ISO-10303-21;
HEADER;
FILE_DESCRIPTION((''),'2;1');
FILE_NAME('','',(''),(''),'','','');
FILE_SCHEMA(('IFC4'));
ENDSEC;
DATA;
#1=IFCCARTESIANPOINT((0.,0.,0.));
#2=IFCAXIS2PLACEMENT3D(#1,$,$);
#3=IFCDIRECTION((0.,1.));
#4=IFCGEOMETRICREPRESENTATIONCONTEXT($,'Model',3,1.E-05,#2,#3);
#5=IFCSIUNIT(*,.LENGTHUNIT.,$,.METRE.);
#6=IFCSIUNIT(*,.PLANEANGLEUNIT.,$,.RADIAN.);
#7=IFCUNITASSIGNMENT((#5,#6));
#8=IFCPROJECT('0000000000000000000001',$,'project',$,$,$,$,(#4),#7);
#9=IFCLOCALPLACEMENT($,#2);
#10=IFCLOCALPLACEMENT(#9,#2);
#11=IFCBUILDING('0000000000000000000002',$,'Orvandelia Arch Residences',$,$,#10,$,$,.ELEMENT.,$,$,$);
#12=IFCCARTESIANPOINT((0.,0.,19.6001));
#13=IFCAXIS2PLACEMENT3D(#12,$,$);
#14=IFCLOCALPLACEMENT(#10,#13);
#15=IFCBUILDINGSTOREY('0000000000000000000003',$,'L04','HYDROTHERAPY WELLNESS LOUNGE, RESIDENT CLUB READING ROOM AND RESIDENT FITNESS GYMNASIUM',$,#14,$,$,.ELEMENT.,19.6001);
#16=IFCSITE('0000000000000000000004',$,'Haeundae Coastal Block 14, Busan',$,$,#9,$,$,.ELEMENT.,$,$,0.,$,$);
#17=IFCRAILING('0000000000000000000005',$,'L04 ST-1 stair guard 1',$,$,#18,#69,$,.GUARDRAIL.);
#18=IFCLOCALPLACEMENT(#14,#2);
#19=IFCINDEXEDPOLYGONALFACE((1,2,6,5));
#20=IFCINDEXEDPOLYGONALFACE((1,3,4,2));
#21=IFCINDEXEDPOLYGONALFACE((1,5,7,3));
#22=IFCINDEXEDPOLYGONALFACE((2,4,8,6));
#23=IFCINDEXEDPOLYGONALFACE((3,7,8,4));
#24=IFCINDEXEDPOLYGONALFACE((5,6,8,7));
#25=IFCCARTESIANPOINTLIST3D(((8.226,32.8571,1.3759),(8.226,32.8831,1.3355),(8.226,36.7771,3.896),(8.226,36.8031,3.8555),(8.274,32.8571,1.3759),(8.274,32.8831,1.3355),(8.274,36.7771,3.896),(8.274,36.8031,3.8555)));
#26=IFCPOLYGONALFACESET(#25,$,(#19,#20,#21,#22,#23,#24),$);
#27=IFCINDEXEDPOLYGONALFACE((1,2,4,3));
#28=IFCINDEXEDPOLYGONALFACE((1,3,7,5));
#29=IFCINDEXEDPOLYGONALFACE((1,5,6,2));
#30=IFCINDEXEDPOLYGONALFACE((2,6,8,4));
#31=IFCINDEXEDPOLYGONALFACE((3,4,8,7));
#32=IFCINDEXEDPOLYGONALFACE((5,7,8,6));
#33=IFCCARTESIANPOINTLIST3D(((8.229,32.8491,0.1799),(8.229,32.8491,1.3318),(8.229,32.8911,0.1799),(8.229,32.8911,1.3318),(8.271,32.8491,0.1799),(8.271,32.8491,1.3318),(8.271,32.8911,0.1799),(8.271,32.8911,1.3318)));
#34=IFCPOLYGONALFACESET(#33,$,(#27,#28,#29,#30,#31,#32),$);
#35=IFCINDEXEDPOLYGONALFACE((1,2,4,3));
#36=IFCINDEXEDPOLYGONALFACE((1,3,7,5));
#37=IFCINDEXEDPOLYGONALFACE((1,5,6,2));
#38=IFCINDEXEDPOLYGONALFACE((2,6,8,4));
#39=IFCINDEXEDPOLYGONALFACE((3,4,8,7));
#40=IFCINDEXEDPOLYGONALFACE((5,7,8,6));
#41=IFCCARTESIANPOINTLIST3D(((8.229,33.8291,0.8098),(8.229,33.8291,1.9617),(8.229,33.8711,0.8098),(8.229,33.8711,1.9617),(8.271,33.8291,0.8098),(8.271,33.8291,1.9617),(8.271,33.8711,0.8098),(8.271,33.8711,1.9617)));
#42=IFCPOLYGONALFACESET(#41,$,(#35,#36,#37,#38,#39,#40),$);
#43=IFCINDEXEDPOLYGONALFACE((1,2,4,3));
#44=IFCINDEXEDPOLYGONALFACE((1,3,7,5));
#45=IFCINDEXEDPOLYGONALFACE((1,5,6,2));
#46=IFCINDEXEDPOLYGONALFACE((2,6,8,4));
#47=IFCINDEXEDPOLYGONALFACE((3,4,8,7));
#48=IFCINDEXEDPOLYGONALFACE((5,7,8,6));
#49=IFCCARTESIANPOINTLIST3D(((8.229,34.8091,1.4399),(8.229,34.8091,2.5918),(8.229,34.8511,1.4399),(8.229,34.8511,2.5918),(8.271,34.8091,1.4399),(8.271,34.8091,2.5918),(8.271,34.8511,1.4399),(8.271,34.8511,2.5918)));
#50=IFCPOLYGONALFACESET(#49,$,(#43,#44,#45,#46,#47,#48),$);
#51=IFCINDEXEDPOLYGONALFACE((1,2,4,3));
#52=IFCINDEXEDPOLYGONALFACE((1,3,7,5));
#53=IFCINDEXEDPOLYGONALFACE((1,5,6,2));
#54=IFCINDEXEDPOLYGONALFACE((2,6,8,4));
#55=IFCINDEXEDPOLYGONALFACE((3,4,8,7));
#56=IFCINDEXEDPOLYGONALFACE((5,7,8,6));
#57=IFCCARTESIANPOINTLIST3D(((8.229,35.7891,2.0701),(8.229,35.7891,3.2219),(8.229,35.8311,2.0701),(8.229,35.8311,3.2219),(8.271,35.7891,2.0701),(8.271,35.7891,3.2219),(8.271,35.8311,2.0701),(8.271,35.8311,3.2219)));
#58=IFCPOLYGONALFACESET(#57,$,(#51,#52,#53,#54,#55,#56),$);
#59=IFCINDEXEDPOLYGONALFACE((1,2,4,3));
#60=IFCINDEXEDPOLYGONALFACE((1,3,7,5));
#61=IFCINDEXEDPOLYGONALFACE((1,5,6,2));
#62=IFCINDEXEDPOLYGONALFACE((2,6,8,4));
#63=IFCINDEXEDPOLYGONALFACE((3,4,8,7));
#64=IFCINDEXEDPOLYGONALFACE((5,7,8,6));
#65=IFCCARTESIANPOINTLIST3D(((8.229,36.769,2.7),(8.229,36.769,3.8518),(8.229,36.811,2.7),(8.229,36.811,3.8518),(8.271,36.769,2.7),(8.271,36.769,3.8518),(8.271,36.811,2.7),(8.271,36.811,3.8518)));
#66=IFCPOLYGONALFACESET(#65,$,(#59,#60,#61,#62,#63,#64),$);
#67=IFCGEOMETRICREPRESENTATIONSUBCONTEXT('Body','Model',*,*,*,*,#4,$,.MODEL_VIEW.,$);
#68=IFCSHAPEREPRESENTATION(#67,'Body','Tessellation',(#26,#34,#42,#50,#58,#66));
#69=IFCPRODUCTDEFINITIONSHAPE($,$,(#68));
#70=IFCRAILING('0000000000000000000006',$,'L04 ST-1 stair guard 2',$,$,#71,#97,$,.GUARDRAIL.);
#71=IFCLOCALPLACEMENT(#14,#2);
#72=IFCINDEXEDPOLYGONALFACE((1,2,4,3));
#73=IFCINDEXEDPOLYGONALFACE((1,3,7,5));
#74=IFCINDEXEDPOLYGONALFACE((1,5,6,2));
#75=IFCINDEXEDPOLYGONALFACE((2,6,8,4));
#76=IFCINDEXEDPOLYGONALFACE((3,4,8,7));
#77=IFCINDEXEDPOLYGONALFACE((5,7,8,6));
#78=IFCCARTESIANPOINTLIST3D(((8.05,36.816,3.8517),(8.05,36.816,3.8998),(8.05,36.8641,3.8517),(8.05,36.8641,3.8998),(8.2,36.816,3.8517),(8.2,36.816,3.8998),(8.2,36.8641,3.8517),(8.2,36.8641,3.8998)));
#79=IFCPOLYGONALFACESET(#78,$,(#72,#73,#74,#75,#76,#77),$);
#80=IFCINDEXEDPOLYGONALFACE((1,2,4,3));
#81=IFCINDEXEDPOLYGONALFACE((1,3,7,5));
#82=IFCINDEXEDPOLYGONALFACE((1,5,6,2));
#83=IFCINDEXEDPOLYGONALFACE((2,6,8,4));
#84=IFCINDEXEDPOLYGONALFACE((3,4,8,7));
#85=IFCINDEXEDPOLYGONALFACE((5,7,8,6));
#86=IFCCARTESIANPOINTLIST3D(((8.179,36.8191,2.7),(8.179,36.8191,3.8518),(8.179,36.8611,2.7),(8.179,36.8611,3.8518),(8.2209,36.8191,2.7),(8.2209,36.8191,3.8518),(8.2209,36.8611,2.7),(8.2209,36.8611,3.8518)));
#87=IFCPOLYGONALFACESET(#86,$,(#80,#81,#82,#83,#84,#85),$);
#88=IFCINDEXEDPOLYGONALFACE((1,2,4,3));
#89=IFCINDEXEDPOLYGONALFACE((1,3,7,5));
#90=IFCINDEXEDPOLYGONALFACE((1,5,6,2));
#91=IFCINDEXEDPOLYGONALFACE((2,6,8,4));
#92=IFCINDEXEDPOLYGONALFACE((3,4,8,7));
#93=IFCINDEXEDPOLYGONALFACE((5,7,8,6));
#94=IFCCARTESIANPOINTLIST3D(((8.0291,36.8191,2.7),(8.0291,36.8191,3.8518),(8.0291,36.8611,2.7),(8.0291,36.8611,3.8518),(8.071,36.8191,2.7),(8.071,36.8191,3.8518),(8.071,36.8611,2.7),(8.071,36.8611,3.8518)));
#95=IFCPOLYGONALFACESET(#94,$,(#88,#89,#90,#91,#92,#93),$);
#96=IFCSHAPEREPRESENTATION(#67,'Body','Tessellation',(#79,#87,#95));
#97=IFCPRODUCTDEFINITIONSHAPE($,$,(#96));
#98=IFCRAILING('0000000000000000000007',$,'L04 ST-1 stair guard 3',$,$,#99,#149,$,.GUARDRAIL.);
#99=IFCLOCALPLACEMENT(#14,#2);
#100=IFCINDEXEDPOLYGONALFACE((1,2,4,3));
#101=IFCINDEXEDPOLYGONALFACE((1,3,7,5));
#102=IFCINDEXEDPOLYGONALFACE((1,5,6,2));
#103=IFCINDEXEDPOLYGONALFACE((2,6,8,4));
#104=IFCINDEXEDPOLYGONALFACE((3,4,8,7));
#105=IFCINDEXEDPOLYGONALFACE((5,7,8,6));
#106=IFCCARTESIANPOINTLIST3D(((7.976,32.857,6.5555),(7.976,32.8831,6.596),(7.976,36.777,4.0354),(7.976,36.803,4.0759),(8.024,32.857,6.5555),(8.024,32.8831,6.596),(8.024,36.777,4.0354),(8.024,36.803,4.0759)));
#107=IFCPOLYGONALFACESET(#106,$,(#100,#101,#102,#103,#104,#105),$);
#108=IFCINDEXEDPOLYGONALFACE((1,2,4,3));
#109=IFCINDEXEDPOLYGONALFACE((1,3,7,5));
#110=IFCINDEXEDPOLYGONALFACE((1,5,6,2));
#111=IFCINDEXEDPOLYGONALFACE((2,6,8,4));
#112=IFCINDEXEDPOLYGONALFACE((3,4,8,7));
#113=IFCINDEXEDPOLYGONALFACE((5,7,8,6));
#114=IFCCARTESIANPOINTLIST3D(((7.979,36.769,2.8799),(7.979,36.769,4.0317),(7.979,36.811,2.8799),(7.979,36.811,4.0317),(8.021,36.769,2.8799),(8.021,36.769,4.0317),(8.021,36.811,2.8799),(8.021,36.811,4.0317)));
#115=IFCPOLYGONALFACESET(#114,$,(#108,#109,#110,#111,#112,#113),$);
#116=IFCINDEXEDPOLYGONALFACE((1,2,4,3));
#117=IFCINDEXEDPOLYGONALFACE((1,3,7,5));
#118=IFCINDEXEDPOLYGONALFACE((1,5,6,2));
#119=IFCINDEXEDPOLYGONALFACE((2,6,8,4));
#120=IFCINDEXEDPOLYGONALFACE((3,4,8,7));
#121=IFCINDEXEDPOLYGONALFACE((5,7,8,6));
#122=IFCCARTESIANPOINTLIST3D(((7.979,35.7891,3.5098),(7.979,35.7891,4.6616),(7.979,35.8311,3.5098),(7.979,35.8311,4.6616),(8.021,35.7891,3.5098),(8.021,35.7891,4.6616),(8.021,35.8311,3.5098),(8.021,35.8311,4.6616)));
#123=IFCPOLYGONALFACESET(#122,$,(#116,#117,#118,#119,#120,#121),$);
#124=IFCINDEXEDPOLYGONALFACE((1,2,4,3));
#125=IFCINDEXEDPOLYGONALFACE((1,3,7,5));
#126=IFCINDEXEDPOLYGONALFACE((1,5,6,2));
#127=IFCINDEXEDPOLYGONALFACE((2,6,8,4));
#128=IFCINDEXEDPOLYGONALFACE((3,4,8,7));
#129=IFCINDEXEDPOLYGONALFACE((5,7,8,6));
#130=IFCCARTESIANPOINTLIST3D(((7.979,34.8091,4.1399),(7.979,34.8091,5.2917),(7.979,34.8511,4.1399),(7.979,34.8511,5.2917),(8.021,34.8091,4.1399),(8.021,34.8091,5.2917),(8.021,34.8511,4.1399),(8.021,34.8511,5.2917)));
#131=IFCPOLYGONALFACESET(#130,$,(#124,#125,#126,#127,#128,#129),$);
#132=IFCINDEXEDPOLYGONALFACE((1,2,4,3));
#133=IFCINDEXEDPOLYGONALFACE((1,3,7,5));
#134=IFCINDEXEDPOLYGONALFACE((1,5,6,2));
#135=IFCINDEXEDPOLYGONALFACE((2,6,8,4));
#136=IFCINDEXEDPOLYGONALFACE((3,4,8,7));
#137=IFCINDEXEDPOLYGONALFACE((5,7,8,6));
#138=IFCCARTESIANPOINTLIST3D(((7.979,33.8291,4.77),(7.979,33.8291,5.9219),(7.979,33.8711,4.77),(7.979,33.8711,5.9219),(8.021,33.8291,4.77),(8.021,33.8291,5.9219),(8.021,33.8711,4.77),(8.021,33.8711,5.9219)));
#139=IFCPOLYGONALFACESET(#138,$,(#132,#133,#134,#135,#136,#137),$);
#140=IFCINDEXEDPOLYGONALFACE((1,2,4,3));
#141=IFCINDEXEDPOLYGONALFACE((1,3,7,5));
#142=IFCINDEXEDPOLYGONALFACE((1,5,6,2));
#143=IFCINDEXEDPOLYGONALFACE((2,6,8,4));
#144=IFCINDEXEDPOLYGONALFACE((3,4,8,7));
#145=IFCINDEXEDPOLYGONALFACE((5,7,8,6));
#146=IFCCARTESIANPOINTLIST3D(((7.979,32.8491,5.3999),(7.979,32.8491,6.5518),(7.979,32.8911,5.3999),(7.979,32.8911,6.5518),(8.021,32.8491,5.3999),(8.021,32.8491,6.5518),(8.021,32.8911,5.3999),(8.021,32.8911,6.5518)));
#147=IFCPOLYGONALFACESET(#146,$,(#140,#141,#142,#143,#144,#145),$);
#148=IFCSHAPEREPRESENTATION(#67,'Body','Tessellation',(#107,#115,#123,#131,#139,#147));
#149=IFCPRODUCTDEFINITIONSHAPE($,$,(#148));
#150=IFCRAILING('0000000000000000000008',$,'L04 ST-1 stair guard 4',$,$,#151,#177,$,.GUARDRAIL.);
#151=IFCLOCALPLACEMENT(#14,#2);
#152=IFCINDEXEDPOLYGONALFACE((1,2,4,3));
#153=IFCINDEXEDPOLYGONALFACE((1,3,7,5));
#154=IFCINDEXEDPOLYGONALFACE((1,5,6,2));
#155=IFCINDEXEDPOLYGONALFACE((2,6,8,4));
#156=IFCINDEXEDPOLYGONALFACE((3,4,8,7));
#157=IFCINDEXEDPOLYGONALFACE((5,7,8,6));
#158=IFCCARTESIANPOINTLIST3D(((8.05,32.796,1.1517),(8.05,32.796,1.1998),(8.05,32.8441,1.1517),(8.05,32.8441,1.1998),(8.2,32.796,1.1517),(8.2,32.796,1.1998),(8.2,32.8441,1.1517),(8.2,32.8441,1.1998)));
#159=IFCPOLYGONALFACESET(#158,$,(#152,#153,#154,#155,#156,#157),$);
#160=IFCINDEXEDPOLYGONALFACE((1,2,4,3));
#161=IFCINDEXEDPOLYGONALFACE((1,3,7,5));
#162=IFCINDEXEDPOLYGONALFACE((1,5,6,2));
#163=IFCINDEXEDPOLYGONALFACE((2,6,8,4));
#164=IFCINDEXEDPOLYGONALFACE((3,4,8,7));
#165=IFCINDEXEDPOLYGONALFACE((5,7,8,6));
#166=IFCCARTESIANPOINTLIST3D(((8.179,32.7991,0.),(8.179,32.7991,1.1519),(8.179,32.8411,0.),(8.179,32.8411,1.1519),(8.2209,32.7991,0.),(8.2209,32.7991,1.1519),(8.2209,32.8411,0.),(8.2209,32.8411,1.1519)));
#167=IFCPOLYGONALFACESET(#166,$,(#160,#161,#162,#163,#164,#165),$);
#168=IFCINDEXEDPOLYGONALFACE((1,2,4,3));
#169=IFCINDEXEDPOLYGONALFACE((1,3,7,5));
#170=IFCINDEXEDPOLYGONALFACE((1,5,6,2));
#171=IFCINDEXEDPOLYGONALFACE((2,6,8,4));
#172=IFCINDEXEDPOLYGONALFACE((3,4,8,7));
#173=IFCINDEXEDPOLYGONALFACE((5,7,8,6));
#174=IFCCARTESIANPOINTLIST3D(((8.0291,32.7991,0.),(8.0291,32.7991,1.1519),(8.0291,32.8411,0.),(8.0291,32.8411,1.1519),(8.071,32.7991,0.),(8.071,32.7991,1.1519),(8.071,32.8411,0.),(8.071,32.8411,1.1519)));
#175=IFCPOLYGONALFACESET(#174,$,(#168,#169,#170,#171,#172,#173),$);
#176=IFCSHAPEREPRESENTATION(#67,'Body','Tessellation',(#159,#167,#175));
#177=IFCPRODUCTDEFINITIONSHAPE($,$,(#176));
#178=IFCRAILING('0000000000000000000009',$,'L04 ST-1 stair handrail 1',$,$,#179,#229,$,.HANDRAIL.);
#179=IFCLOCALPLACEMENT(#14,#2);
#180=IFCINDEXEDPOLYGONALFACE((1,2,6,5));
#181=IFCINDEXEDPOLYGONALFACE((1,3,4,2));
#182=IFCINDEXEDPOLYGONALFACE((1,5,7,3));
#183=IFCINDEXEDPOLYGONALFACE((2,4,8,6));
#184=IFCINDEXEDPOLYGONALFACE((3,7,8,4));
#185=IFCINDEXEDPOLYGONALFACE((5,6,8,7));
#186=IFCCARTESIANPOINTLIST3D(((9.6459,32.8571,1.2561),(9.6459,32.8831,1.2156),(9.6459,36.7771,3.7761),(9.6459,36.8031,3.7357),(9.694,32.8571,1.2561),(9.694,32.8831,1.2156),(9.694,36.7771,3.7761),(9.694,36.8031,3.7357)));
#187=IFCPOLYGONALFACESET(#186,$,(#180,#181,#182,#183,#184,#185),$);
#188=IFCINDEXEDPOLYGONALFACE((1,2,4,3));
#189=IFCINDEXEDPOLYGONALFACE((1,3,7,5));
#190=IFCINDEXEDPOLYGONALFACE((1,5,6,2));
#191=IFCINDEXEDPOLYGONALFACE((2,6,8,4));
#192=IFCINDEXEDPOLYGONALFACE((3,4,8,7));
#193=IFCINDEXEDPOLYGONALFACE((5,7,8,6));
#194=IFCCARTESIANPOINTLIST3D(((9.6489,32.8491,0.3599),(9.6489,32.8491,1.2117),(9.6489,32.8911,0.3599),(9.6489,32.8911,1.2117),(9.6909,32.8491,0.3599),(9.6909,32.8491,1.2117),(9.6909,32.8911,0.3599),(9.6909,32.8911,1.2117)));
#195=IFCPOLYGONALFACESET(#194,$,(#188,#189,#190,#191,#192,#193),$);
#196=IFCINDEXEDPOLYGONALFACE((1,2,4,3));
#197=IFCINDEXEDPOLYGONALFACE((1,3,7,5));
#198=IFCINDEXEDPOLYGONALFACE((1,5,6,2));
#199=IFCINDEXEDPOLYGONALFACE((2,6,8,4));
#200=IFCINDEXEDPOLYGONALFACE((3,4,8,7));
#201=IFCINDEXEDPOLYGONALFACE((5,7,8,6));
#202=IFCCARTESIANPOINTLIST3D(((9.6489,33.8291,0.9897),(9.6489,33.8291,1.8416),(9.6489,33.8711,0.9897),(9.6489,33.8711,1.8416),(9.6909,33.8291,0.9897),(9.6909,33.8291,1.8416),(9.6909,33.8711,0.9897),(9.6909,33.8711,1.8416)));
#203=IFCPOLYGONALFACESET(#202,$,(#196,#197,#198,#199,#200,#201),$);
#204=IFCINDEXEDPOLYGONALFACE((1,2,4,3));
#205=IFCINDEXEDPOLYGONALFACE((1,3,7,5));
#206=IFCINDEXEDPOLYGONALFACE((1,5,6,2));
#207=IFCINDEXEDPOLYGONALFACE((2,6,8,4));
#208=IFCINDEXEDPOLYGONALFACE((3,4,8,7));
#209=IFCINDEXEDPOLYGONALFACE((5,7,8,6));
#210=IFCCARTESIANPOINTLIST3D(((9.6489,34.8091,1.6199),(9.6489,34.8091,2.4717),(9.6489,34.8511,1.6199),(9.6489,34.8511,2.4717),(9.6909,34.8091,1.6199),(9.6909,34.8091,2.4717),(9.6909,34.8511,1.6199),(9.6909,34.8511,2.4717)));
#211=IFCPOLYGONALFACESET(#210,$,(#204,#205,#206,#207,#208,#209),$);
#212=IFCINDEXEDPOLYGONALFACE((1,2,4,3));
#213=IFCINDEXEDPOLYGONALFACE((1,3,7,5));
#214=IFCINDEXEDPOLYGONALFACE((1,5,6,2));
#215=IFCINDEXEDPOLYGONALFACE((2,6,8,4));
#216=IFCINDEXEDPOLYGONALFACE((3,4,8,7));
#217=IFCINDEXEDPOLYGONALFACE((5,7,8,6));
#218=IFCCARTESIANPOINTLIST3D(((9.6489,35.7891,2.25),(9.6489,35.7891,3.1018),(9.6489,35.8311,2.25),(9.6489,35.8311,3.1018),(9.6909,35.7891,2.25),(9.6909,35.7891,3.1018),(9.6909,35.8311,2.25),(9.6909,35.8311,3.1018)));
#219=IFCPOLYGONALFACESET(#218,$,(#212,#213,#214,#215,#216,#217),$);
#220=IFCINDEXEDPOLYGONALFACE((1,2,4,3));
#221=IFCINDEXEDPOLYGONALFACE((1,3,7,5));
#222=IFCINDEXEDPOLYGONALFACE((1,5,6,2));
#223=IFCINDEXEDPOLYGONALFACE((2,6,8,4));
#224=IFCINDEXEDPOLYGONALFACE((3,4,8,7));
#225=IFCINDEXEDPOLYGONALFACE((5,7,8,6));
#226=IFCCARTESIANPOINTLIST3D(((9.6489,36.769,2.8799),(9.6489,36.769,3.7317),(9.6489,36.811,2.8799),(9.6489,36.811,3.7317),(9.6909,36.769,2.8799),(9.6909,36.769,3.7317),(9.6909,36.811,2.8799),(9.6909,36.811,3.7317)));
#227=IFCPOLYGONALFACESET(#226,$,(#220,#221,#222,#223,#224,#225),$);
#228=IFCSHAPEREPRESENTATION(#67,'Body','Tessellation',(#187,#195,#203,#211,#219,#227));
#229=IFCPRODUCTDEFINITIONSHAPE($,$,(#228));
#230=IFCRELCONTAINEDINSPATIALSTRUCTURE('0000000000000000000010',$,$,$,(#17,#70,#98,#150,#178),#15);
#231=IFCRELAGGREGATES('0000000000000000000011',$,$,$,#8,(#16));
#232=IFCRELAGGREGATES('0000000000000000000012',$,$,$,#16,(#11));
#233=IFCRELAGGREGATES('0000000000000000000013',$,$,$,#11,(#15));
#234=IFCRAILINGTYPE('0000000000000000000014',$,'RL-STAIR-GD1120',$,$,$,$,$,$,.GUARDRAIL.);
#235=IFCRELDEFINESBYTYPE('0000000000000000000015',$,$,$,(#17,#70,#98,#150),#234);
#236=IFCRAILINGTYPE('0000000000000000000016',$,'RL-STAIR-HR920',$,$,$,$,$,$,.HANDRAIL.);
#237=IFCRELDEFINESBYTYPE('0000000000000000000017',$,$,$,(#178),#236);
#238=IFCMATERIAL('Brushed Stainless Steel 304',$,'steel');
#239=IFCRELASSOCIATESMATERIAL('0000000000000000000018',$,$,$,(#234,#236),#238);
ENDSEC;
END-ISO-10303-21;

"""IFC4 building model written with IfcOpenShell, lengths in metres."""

from ifc_helpers import new_model, si_unit, direction, frame, origin, origin_2d, place, context, subcontext, project, spatial, rectangle, extrude, material, type_object, element, save


model = new_model("IFC4")

# Units and contexts
model_context = context("Model", 3, precision=1e-05, world=origin(), true_north=direction((0.0, 1.0)))
body_context = subcontext(model_context, "Body", "Model", "MODEL_VIEW")
ifc_project = project(units=[si_unit("LENGTHUNIT", "METRE"), si_unit("PLANEANGLEUNIT", "RADIAN")], contexts=[model_context])

# Site, building, storey
site_placement = place(None, origin())
site = spatial("IfcSite", under=ifc_project, at=site_placement, Name="Haeundae Coastal Block 14, Busan", CompositionType="ELEMENT", RefElevation=0.0)
building_placement = place(site_placement, origin())
building = spatial("IfcBuilding", under=site, at=building_placement, Name="Orvandelia Arch Residences", CompositionType="ELEMENT")
storey_placement = place(building_placement, frame((0.0, 0.0, 19.6001)))
storey = spatial("IfcBuildingStorey", under=building, at=storey_placement, Name="L04", Description="HYDROTHERAPY WELLNESS LOUNGE, RESIDENT CLUB READING ROOM AND RESIDENT FITNESS GYMNASIUM", CompositionType="ELEMENT", Elevation=19.6001)

# Railings
ifc_material_1 = material(Name="Brushed Stainless Steel 304", Category="steel")
railing_type_1 = type_object("IfcRailingType", Name="RL-STAIR-GD1120", PredefinedType="GUARDRAIL", material=ifc_material_1)
railing_1_placement = place(storey_placement, frame((8.25, 32.8701, 0.1799)))
element("IfcRailing", 1, at=railing_1_placement, inside=storey, type_object=railing_type_1, Name="L04 ST-1 stair guard 1", PredefinedType="GUARDRAIL", context=body_context, shape_type="SweptSolid", body=[
    extrude(rectangle(XDim=0.0481, YDim=0.0481, at=origin_2d()), frame((0.0, 0.0, 1.1758), z_axis=(0.0, 0.841172, 0.540768), x_axis=(-1.0, 0.0, 0.0)), (0.0, 0.0, 1.0), 4.6602),
    extrude(rectangle(XDim=0.042, YDim=0.042, at=origin_2d()), origin(), (0.0, 0.0, 1.0), 1.1519),
    extrude(rectangle(XDim=0.042, YDim=0.042, at=origin_2d()), frame((0.0, 0.98, 0.6299)), (0.0, 0.0, 1.0), 1.1519),
    extrude(rectangle(XDim=0.042, YDim=0.042, at=origin_2d()), frame((0.0, 1.96, 1.26)), (0.0, 0.0, 1.0), 1.1519),
    extrude(rectangle(XDim=0.042, YDim=0.042, at=origin_2d()), frame((0.0, 2.9399, 1.8901)), (0.0, 0.0, 1.0), 1.1519),
    extrude(rectangle(XDim=0.042, YDim=0.042, at=origin_2d()), frame((0.0, 3.9199, 2.52)), (0.0, 0.0, 1.0), 1.1519),
])
railing_2_placement = place(storey_placement, frame((8.2, 36.8401, 2.7)))
element("IfcRailing", 2, at=railing_2_placement, inside=storey, type_object=railing_type_1, Name="L04 ST-1 stair guard 2", PredefinedType="GUARDRAIL", context=body_context, shape_type="SweptSolid", body=[
    extrude(rectangle(XDim=0.0481, YDim=0.0481, at=origin_2d()), frame((0.0, 0.0, 1.1758), z_axis=(-1.0, 0.0, 0.0), x_axis=(0.0, -1.0, 0.0)), (0.0, 0.0, 1.0), 0.1499),
    extrude(rectangle(XDim=0.042, YDim=0.042, at=origin_2d()), origin(), (0.0, 0.0, 1.0), 1.1519),
    extrude(rectangle(XDim=0.042, YDim=0.042, at=origin_2d()), frame((-0.1499, 0.0, 0.0)), (0.0, 0.0, 1.0), 1.1519),
])
railing_3_placement = place(storey_placement, frame((8.0, 36.79, 2.8799)))
element("IfcRailing", 3, at=railing_3_placement, inside=storey, type_object=railing_type_1, Name="L04 ST-1 stair guard 3", PredefinedType="GUARDRAIL", context=body_context, shape_type="SweptSolid", body=[
    extrude(rectangle(XDim=0.0481, YDim=0.0481, at=origin_2d()), frame((0.0, 0.0, 1.1758), z_axis=(0.0, -0.841172, 0.540768), x_axis=(1.0, 0.0, 0.0)), (0.0, 0.0, 1.0), 4.6602),
    extrude(rectangle(XDim=0.042, YDim=0.042, at=origin_2d()), origin(), (0.0, 0.0, 1.0), 1.1519),
    extrude(rectangle(XDim=0.042, YDim=0.042, at=origin_2d()), frame((0.0, -0.98, 0.6299)), (0.0, 0.0, 1.0), 1.1519),
    extrude(rectangle(XDim=0.042, YDim=0.042, at=origin_2d()), frame((0.0, -1.96, 1.26)), (0.0, 0.0, 1.0), 1.1519),
    extrude(rectangle(XDim=0.042, YDim=0.042, at=origin_2d()), frame((0.0, -2.9399, 1.8901)), (0.0, 0.0, 1.0), 1.1519),
    extrude(rectangle(XDim=0.042, YDim=0.042, at=origin_2d()), frame((0.0, -3.9199, 2.52)), (0.0, 0.0, 1.0), 1.1519),
])
railing_4_placement = place(storey_placement, frame((8.2, 32.8201, 0.0)))
element("IfcRailing", 4, at=railing_4_placement, inside=storey, type_object=railing_type_1, Name="L04 ST-1 stair guard 4", PredefinedType="GUARDRAIL", context=body_context, shape_type="SweptSolid", body=[
    extrude(rectangle(XDim=0.0481, YDim=0.0481, at=origin_2d()), frame((0.0, 0.0, 1.1758), z_axis=(-1.0, 0.0, 0.0), x_axis=(0.0, -1.0, 0.0)), (0.0, 0.0, 1.0), 0.1499),
    extrude(rectangle(XDim=0.042, YDim=0.042, at=origin_2d()), origin(), (0.0, 0.0, 1.0), 1.1519),
    extrude(rectangle(XDim=0.042, YDim=0.042, at=origin_2d()), frame((-0.1499, 0.0, 0.0)), (0.0, 0.0, 1.0), 1.1519),
])
railing_type_2 = type_object("IfcRailingType", Name="RL-STAIR-HR920", PredefinedType="HANDRAIL", material=ifc_material_1)
railing_5_placement = place(storey_placement, frame((9.6699, 32.8701, 0.3599)))
element("IfcRailing", 5, at=railing_5_placement, inside=storey, type_object=railing_type_2, Name="L04 ST-1 stair handrail 1", PredefinedType="HANDRAIL", context=body_context, shape_type="SweptSolid", body=[
    extrude(rectangle(XDim=0.0481, YDim=0.0481, at=origin_2d()), frame((0.0, 0.0, 0.876), z_axis=(0.0, 0.841172, 0.540768), x_axis=(-1.0, 0.0, 0.0)), (0.0, 0.0, 1.0), 4.6602),
    extrude(rectangle(XDim=0.042, YDim=0.042, at=origin_2d()), origin(), (0.0, 0.0, 1.0), 0.8518),
    extrude(rectangle(XDim=0.042, YDim=0.042, at=origin_2d()), frame((0.0, 0.98, 0.6299)), (0.0, 0.0, 1.0), 0.8518),
    extrude(rectangle(XDim=0.042, YDim=0.042, at=origin_2d()), frame((0.0, 1.96, 1.26)), (0.0, 0.0, 1.0), 0.8518),
    extrude(rectangle(XDim=0.042, YDim=0.042, at=origin_2d()), frame((0.0, 2.9399, 1.8901)), (0.0, 0.0, 1.0), 0.8518),
    extrude(rectangle(XDim=0.042, YDim=0.042, at=origin_2d()), frame((0.0, 3.9199, 2.52)), (0.0, 0.0, 1.0), 0.8518),
])

save(model, "model.ifc")
